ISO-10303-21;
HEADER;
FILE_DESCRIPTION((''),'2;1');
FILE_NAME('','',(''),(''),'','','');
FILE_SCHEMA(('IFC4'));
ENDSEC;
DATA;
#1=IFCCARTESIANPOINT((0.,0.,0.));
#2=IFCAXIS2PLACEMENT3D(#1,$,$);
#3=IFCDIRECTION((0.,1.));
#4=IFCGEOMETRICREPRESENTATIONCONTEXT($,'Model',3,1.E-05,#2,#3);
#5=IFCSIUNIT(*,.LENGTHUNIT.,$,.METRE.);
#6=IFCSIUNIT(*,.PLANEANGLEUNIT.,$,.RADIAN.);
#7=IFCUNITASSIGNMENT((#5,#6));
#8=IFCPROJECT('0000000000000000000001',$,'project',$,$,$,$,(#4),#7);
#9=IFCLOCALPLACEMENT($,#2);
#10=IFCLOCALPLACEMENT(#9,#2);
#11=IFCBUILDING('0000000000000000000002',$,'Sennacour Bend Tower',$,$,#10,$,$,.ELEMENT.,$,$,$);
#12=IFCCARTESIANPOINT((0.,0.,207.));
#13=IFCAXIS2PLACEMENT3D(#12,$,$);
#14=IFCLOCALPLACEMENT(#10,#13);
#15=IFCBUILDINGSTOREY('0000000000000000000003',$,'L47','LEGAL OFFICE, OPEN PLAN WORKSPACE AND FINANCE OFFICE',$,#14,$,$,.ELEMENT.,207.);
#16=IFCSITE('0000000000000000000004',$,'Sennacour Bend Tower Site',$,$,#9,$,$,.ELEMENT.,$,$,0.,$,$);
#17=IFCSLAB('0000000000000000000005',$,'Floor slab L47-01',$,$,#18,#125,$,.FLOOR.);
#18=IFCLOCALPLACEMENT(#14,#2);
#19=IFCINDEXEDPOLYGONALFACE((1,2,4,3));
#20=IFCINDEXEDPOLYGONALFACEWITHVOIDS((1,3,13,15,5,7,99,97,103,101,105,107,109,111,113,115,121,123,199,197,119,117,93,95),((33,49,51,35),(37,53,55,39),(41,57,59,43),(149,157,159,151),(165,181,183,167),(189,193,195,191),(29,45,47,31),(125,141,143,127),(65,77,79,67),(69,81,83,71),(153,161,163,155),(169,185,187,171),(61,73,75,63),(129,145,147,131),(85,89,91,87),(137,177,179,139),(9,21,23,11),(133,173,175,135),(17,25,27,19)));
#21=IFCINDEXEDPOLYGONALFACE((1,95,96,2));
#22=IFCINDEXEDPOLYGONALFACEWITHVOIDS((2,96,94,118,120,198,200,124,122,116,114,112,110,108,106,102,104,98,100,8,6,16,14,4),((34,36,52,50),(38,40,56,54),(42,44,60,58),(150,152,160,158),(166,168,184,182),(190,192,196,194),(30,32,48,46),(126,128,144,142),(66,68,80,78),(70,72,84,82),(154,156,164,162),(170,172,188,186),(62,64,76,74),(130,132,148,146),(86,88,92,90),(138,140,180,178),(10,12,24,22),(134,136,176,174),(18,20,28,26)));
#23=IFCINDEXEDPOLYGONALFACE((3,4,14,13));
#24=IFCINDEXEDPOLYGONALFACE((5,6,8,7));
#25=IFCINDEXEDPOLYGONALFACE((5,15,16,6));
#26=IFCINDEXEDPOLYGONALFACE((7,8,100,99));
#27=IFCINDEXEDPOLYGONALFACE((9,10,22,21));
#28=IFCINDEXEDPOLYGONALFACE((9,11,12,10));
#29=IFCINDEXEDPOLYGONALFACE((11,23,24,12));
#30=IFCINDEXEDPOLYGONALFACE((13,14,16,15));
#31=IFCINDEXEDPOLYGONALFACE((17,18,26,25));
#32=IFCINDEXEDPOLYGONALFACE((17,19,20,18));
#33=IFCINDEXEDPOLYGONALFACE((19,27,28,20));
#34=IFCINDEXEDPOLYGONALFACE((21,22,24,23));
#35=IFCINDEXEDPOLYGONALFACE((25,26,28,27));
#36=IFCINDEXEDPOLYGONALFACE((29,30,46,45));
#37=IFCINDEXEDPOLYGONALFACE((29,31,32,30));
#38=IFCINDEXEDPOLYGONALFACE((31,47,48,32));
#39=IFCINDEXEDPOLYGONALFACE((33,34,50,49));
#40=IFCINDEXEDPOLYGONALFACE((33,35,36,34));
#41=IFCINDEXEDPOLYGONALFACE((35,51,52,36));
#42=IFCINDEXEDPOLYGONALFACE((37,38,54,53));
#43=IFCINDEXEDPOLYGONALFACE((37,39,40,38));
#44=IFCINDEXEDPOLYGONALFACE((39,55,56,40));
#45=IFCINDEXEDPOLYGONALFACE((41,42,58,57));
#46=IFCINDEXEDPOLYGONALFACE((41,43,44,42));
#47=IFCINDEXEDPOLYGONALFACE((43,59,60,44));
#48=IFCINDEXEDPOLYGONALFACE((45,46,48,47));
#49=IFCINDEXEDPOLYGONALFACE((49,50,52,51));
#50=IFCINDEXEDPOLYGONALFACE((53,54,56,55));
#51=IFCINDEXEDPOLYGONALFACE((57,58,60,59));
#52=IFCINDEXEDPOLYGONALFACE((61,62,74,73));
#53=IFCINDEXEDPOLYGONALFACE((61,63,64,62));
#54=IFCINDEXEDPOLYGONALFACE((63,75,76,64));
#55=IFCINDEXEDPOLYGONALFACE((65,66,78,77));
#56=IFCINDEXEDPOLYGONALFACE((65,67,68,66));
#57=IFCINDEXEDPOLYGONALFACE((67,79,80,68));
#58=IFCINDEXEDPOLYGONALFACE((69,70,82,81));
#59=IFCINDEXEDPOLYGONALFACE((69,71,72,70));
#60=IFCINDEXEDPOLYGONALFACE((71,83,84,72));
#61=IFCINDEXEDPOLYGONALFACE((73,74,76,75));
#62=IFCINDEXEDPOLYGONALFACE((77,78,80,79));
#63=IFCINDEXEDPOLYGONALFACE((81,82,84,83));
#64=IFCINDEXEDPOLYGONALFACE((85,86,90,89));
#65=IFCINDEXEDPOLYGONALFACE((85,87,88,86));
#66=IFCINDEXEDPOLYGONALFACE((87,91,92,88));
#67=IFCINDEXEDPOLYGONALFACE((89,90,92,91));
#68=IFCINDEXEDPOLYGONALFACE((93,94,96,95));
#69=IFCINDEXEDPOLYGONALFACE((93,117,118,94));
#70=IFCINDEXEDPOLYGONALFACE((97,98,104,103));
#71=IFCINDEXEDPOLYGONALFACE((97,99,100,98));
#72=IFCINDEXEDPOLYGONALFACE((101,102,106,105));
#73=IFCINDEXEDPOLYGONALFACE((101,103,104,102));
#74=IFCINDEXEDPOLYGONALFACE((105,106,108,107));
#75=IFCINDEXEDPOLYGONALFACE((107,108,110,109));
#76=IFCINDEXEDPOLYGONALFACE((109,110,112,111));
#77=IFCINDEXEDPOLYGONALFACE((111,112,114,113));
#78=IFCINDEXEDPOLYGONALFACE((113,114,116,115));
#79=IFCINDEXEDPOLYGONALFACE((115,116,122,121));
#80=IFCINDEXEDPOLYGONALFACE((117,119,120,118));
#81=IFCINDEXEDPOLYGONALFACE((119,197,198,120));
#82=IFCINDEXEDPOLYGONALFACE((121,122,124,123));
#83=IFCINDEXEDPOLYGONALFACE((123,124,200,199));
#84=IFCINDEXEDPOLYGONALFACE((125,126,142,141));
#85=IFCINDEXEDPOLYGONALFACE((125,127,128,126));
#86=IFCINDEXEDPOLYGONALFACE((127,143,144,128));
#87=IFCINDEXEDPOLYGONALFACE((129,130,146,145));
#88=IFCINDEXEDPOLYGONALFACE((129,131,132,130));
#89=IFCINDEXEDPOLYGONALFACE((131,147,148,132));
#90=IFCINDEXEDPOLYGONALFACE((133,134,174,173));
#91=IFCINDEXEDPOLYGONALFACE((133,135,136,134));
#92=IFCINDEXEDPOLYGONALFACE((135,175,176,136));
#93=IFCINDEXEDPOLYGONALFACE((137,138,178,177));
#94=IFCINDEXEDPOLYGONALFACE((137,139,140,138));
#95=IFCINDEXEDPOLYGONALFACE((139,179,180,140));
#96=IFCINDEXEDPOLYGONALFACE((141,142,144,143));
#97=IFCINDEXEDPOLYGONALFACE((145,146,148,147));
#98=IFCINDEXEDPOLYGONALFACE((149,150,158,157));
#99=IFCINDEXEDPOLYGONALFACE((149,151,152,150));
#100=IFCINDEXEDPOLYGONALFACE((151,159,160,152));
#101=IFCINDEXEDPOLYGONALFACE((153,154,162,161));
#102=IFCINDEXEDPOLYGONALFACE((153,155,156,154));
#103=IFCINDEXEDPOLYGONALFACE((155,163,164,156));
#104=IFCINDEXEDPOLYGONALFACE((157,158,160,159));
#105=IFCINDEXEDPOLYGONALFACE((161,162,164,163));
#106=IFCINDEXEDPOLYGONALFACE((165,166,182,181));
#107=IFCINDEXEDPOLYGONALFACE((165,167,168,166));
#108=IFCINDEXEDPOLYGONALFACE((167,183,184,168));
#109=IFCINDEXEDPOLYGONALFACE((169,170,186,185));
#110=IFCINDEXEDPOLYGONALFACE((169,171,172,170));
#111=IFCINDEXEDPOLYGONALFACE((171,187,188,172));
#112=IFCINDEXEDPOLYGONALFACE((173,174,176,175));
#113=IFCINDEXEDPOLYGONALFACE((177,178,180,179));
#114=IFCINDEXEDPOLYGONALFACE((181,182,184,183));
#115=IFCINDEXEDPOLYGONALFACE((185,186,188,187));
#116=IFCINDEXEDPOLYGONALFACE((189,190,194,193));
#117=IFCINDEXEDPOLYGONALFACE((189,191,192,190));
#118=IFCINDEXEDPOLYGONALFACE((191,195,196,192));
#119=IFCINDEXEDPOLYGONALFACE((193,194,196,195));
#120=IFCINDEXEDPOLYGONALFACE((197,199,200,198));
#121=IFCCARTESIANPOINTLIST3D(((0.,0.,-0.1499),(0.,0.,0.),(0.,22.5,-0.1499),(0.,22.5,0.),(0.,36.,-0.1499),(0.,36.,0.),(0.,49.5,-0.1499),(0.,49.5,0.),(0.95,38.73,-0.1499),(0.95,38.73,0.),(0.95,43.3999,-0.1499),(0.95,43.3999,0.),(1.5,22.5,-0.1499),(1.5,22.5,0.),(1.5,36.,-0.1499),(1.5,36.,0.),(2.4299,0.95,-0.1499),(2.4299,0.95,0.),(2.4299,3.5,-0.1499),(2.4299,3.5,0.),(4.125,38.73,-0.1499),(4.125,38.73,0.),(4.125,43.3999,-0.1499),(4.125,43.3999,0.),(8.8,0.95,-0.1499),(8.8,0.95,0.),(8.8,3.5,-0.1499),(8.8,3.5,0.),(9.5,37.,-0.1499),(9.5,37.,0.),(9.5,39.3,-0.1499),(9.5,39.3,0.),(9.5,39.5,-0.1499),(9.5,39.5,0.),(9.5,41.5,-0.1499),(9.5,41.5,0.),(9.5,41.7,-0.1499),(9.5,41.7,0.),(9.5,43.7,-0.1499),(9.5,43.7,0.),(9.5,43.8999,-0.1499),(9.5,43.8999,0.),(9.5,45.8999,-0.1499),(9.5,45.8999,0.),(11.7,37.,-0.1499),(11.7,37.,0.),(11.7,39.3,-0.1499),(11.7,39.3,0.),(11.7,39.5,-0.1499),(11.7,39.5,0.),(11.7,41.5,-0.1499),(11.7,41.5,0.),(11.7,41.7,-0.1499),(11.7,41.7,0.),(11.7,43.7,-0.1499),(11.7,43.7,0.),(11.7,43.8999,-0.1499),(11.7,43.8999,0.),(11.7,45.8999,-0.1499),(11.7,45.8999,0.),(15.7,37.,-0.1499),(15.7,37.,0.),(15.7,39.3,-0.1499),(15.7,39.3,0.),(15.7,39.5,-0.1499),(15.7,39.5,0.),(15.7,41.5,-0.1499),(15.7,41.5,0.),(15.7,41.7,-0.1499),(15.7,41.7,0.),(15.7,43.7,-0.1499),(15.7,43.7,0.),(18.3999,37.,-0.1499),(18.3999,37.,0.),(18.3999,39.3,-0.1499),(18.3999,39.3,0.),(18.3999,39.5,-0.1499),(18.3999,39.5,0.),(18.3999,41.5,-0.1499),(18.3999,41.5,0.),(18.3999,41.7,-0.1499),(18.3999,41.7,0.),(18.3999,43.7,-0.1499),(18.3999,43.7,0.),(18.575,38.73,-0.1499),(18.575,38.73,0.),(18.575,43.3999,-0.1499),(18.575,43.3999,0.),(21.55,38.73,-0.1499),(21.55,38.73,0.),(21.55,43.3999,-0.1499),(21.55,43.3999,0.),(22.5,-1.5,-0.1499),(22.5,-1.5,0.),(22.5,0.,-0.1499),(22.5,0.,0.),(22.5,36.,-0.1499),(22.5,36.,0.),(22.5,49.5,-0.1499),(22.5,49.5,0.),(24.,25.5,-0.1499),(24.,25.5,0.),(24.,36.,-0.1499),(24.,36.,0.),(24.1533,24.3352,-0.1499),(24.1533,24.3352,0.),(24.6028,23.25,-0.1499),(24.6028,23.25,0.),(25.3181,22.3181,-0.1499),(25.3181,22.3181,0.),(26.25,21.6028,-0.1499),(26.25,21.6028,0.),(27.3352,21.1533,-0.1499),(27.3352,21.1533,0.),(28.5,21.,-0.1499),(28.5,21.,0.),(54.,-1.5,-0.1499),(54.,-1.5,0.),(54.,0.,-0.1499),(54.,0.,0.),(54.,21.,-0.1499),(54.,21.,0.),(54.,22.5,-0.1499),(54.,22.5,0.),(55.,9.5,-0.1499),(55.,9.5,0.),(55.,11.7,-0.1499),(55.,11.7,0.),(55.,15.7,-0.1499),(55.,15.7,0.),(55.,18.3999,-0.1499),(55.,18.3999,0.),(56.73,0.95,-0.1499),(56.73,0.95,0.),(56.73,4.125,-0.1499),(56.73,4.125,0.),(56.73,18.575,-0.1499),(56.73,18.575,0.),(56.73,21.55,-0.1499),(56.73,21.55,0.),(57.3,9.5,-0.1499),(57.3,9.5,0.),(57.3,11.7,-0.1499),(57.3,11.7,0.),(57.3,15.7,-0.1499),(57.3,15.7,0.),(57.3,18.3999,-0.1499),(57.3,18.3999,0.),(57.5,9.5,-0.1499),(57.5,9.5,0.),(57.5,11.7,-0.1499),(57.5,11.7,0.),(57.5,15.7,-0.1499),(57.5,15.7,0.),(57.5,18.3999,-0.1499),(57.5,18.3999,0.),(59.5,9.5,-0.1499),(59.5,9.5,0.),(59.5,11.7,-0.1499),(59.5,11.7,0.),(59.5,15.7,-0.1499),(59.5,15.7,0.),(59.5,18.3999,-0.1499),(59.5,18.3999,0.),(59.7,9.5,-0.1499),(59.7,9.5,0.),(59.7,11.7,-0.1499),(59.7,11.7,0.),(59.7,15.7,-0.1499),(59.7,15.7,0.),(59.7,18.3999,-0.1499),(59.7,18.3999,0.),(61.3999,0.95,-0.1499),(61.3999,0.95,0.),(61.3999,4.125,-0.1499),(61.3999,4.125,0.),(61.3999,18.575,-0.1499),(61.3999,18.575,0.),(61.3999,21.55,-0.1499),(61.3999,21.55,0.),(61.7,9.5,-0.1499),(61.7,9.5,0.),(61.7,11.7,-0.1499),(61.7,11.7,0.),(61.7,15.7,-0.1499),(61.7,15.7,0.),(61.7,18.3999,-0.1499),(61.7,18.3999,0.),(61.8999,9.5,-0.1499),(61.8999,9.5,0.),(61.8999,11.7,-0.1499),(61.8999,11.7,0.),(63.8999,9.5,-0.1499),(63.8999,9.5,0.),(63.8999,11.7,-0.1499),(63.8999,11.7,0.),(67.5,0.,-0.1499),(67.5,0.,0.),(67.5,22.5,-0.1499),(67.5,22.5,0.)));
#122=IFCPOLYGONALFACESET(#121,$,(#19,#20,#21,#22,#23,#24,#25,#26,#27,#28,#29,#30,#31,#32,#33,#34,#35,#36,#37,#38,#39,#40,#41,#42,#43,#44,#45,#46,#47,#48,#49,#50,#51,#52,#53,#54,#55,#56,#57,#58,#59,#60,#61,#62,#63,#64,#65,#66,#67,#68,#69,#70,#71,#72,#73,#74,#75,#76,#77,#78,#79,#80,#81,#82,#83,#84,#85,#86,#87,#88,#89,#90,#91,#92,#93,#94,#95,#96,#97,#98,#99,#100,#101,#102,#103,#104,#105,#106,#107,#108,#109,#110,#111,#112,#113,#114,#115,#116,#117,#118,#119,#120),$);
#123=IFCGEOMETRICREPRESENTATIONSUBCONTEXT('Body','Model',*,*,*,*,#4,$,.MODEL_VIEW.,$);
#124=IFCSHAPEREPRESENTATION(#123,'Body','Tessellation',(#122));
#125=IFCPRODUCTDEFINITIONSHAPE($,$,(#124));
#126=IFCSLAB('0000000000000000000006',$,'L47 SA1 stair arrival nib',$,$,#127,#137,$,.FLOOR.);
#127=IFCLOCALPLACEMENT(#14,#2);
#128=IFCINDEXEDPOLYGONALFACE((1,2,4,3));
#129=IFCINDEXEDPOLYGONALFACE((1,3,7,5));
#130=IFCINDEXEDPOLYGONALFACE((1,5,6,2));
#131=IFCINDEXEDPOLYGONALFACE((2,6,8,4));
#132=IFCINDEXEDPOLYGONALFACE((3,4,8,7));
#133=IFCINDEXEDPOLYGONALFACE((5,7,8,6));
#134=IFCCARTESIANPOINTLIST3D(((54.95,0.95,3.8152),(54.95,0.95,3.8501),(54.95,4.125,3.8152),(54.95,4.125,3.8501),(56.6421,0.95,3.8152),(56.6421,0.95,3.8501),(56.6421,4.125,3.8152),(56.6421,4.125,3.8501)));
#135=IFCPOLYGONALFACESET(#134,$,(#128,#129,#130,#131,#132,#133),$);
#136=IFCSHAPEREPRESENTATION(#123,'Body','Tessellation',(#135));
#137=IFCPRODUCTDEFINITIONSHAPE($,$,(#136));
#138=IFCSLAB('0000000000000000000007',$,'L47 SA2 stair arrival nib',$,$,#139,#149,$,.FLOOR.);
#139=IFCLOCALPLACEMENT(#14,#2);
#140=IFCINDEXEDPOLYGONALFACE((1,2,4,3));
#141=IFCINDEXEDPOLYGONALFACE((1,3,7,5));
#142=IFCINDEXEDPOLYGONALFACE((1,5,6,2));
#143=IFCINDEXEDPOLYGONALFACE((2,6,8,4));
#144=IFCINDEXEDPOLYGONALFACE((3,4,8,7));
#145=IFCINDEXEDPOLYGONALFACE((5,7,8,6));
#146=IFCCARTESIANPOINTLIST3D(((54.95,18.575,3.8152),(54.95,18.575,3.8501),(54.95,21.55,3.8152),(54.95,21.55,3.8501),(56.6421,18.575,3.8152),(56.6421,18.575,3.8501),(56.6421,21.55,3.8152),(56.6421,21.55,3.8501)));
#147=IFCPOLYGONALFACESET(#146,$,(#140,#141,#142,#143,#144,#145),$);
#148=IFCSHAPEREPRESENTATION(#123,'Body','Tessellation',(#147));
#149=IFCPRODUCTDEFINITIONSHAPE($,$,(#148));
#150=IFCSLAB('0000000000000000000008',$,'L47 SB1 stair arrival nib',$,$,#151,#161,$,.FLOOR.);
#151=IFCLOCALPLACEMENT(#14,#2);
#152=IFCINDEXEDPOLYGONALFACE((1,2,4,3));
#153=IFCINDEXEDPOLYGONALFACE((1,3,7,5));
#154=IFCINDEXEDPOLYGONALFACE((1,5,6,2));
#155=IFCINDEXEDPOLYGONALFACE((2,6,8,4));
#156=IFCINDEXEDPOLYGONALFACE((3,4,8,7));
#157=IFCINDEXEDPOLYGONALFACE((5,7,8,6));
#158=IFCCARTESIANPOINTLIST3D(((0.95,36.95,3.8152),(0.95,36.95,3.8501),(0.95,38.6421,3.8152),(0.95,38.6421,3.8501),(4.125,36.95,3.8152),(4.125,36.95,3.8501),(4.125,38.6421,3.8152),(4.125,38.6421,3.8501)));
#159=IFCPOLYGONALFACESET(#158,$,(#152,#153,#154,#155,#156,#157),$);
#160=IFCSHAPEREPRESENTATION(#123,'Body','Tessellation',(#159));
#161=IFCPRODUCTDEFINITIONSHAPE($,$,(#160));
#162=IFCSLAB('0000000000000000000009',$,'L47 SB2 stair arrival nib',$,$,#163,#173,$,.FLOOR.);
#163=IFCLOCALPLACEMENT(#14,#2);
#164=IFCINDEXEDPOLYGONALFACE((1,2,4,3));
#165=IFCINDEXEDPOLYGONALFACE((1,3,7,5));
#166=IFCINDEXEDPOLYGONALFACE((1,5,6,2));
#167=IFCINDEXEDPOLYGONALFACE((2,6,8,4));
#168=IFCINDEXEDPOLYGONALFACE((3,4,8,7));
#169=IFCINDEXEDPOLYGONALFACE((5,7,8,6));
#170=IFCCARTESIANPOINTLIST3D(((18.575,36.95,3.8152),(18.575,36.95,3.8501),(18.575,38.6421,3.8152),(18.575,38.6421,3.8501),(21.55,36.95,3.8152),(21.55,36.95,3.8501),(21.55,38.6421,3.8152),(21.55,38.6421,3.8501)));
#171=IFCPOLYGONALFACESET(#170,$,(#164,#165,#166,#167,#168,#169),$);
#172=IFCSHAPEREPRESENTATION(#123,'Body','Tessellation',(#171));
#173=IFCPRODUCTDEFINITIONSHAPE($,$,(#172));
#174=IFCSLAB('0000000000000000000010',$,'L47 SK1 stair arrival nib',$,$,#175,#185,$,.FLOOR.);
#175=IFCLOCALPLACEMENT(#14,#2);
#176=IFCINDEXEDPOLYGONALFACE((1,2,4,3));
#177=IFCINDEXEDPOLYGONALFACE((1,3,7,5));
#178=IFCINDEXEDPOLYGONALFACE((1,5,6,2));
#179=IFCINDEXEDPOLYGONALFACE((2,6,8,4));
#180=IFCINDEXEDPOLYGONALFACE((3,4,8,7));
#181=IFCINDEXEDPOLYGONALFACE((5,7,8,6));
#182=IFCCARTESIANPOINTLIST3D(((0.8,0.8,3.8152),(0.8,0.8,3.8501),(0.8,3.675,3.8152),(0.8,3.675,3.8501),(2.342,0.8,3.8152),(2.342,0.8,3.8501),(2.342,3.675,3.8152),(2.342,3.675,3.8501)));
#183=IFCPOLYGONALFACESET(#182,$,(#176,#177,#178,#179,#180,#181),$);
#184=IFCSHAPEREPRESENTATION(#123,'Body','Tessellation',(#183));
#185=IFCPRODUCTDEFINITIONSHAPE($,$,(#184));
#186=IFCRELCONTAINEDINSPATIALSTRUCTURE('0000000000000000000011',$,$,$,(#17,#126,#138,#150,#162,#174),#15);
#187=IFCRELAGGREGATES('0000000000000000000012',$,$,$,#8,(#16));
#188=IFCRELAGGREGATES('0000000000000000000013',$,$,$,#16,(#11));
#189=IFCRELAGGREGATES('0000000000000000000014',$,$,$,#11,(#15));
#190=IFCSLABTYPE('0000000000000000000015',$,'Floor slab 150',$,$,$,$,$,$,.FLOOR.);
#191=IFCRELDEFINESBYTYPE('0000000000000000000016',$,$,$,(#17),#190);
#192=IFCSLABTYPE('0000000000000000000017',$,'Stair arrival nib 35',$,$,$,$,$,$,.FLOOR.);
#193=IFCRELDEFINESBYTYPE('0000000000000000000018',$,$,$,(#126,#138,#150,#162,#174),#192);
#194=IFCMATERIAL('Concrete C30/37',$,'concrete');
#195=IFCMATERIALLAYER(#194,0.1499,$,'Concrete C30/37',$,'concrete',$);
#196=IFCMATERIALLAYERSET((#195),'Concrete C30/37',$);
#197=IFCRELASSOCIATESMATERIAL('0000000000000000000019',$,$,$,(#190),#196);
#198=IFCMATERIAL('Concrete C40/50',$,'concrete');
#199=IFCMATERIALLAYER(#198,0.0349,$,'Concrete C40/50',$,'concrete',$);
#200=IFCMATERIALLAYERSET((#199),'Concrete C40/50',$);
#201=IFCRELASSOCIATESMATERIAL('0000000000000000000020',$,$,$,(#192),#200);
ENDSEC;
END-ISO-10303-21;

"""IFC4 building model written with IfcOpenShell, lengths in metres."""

from ifc_helpers import new_model, si_unit, direction, frame, origin, place, context, subcontext, project, spatial, polyline, outline, extrude, material, layer, layer_set, type_object, element, save


model = new_model("IFC4")

# Units and contexts
model_context = context("Model", 3, precision=1e-05, world=origin(), true_north=direction((0.0, 1.0)))
body_context = subcontext(model_context, "Body", "Model", "MODEL_VIEW")
ifc_project = project(units=[si_unit("LENGTHUNIT", "METRE"), si_unit("PLANEANGLEUNIT", "RADIAN")], contexts=[model_context])

# Site, building, storey
site_placement = place(None, origin())
site = spatial("IfcSite", under=ifc_project, at=site_placement, Name="Sennacour Bend Tower Site", CompositionType="ELEMENT", RefElevation=0.0)
building_placement = place(site_placement, origin())
building = spatial("IfcBuilding", under=site, at=building_placement, Name="Sennacour Bend Tower", CompositionType="ELEMENT")
storey_placement = place(building_placement, frame((0.0, 0.0, 207.0)))
storey = spatial("IfcBuildingStorey", under=building, at=storey_placement, Name="L47", Description="LEGAL OFFICE, OPEN PLAN WORKSPACE AND FINANCE OFFICE", CompositionType="ELEMENT", Elevation=207.0)

# Slabs
ifc_material_1 = material(Name="Concrete C30/37", Category="concrete")
ifc_layer_1 = layer(ifc_material_1, 0.1499, Name="Concrete C30/37", Category="concrete")
ifc_layer_set_1 = layer_set([ifc_layer_1], Name="Concrete C30/37")
slab_type_1 = type_object("IfcSlabType", Name="Floor slab 150", PredefinedType="FLOOR", material=ifc_layer_set_1)
slab_1_placement = place(storey_placement, frame((0.0, 0.0, -0.1499)))
element("IfcSlab", 1, at=slab_1_placement, inside=storey, type_object=slab_type_1, Name="Floor slab L47-01", PredefinedType="FLOOR", context=body_context, shape_type="SweptSolid", body=[
    extrude(outline(polyline([(22.5, 0.0), (0.0, 0.0), (0.0, 22.5), (1.5, 22.5), (1.5, 36.0), (0.0, 36.0), (0.0, 49.5), (22.5, 49.5), (22.5, 36.0), (24.0, 36.0), (24.0, 25.5), (24.1533, 24.3352), (24.6028, 23.25), (25.3181, 22.3181), (26.25, 21.6028), (27.3352, 21.1533), (28.5, 21.0), (54.0, 21.0), (54.0, 22.5), (67.5, 22.5), (67.5, 0.0), (54.0, 0.0), (54.0, -1.5), (22.5, -1.5), (22.5, 0.0)]), holes=[polyline([(8.8, 0.95), (8.8, 3.5), (2.4299, 3.5), (2.4299, 0.95), (8.8, 0.95)]), polyline([(11.7, 37.0), (11.7, 39.3), (9.5, 39.3), (9.5, 37.0), (11.7, 37.0)]), polyline([(18.3999, 37.0), (18.3999, 39.3), (15.7, 39.3), (15.7, 37.0), (18.3999, 37.0)]), polyline([(11.7, 39.5), (11.7, 41.5), (9.5, 41.5), (9.5, 39.5), (11.7, 39.5)]), polyline([(18.3999, 39.5), (18.3999, 41.5), (15.7, 41.5), (15.7, 39.5), (18.3999, 39.5)]), polyline([(4.125, 38.73), (4.125, 43.3999), (0.95, 43.3999), (0.95, 38.73), (4.125, 38.73)]), polyline([(21.55, 38.73), (21.55, 43.3999), (18.575, 43.3999), (18.575, 38.73), (21.55, 38.73)]), polyline([(9.5, 41.7), (11.7, 41.7), (11.7, 43.7), (9.5, 43.7), (9.5, 41.7)]), polyline([(15.7, 41.7), (18.3999, 41.7), (18.3999, 43.7), (15.7, 43.7), (15.7, 41.7)]), polyline([(11.7, 43.8999), (11.7, 45.8999), (9.5, 45.8999), (9.5, 43.8999), (11.7, 43.8999)]), polyline([(61.3999, 0.95), (61.3999, 4.125), (56.73, 4.125), (56.73, 0.95), (61.3999, 0.95)]), polyline([(57.3, 9.5), (57.3, 11.7), (55.0, 11.7), (55.0, 9.5), (57.3, 9.5)]), polyline([(57.5, 9.5), (59.5, 9.5), (59.5, 11.7), (57.5, 11.7), (57.5, 9.5)]), polyline([(59.7, 9.5), (61.7, 9.5), (61.7, 11.7), (59.7, 11.7), (59.7, 9.5)]), polyline([(63.8999, 9.5), (63.8999, 11.7), (61.8999, 11.7), (61.8999, 9.5), (63.8999, 9.5)]), polyline([(57.3, 15.7), (57.3, 18.3999), (55.0, 18.3999), (55.0, 15.7), (57.3, 15.7)]), polyline([(59.5, 15.7), (59.5, 18.3999), (57.5, 18.3999), (57.5, 15.7), (59.5, 15.7)]), polyline([(59.7, 15.7), (61.7, 15.7), (61.7, 18.3999), (59.7, 18.3999), (59.7, 15.7)]), polyline([(56.73, 18.575), (61.3999, 18.575), (61.3999, 21.55), (56.73, 21.55), (56.73, 18.575)])]), origin(), (0.0, 0.0, 1.0), 0.1499),
])
ifc_material_2 = material(Name="Concrete C40/50", Category="concrete")
ifc_layer_2 = layer(ifc_material_2, 0.0349, Name="Concrete C40/50", Category="concrete")
ifc_layer_set_2 = layer_set([ifc_layer_2], Name="Concrete C40/50")
slab_type_2 = type_object("IfcSlabType", Name="Stair arrival nib 35", PredefinedType="FLOOR", material=ifc_layer_set_2)
slab_2_placement = place(storey_placement, frame((0.0, 0.0, 3.8152)))
element("IfcSlab", 2, at=slab_2_placement, inside=storey, type_object=slab_type_2, Name="L47 SA1 stair arrival nib", PredefinedType="FLOOR", context=body_context, shape_type="SweptSolid", body=[
    extrude(outline(polyline([(56.6421, 4.125), (54.95, 4.125), (54.95, 0.95), (56.6421, 0.95), (56.6421, 4.125)])), origin(), (0.0, 0.0, 1.0), 0.0349),
])
slab_3_placement = place(storey_placement, frame((0.0, 0.0, 3.8152)))
element("IfcSlab", 3, at=slab_3_placement, inside=storey, type_object=slab_type_2, Name="L47 SA2 stair arrival nib", PredefinedType="FLOOR", context=body_context, shape_type="SweptSolid", body=[
    extrude(outline(polyline([(56.6421, 21.55), (54.95, 21.55), (54.95, 18.575), (56.6421, 18.575), (56.6421, 21.55)])), origin(), (0.0, 0.0, 1.0), 0.0349),
])
slab_4_placement = place(storey_placement, frame((0.0, 0.0, 3.8152)))
element("IfcSlab", 4, at=slab_4_placement, inside=storey, type_object=slab_type_2, Name="L47 SB1 stair arrival nib", PredefinedType="FLOOR", context=body_context, shape_type="SweptSolid", body=[
    extrude(outline(polyline([(0.95, 38.6421), (0.95, 36.95), (4.125, 36.95), (4.125, 38.6421), (0.95, 38.6421)])), origin(), (0.0, 0.0, 1.0), 0.0349),
])
slab_5_placement = place(storey_placement, frame((0.0, 0.0, 3.8152)))
element("IfcSlab", 5, at=slab_5_placement, inside=storey, type_object=slab_type_2, Name="L47 SB2 stair arrival nib", PredefinedType="FLOOR", context=body_context, shape_type="SweptSolid", body=[
    extrude(outline(polyline([(18.575, 38.6421), (18.575, 36.95), (21.55, 36.95), (21.55, 38.6421), (18.575, 38.6421)])), origin(), (0.0, 0.0, 1.0), 0.0349),
])
slab_6_placement = place(storey_placement, frame((0.0, 0.0, 3.8152)))
element("IfcSlab", 6, at=slab_6_placement, inside=storey, type_object=slab_type_2, Name="L47 SK1 stair arrival nib", PredefinedType="FLOOR", context=body_context, shape_type="SweptSolid", body=[
    extrude(outline(polyline([(2.342, 3.675), (0.8, 3.675), (0.8, 0.8), (2.342, 0.8), (2.342, 3.675)])), origin(), (0.0, 0.0, 1.0), 0.0349),
])

save(model, "model.ifc")
